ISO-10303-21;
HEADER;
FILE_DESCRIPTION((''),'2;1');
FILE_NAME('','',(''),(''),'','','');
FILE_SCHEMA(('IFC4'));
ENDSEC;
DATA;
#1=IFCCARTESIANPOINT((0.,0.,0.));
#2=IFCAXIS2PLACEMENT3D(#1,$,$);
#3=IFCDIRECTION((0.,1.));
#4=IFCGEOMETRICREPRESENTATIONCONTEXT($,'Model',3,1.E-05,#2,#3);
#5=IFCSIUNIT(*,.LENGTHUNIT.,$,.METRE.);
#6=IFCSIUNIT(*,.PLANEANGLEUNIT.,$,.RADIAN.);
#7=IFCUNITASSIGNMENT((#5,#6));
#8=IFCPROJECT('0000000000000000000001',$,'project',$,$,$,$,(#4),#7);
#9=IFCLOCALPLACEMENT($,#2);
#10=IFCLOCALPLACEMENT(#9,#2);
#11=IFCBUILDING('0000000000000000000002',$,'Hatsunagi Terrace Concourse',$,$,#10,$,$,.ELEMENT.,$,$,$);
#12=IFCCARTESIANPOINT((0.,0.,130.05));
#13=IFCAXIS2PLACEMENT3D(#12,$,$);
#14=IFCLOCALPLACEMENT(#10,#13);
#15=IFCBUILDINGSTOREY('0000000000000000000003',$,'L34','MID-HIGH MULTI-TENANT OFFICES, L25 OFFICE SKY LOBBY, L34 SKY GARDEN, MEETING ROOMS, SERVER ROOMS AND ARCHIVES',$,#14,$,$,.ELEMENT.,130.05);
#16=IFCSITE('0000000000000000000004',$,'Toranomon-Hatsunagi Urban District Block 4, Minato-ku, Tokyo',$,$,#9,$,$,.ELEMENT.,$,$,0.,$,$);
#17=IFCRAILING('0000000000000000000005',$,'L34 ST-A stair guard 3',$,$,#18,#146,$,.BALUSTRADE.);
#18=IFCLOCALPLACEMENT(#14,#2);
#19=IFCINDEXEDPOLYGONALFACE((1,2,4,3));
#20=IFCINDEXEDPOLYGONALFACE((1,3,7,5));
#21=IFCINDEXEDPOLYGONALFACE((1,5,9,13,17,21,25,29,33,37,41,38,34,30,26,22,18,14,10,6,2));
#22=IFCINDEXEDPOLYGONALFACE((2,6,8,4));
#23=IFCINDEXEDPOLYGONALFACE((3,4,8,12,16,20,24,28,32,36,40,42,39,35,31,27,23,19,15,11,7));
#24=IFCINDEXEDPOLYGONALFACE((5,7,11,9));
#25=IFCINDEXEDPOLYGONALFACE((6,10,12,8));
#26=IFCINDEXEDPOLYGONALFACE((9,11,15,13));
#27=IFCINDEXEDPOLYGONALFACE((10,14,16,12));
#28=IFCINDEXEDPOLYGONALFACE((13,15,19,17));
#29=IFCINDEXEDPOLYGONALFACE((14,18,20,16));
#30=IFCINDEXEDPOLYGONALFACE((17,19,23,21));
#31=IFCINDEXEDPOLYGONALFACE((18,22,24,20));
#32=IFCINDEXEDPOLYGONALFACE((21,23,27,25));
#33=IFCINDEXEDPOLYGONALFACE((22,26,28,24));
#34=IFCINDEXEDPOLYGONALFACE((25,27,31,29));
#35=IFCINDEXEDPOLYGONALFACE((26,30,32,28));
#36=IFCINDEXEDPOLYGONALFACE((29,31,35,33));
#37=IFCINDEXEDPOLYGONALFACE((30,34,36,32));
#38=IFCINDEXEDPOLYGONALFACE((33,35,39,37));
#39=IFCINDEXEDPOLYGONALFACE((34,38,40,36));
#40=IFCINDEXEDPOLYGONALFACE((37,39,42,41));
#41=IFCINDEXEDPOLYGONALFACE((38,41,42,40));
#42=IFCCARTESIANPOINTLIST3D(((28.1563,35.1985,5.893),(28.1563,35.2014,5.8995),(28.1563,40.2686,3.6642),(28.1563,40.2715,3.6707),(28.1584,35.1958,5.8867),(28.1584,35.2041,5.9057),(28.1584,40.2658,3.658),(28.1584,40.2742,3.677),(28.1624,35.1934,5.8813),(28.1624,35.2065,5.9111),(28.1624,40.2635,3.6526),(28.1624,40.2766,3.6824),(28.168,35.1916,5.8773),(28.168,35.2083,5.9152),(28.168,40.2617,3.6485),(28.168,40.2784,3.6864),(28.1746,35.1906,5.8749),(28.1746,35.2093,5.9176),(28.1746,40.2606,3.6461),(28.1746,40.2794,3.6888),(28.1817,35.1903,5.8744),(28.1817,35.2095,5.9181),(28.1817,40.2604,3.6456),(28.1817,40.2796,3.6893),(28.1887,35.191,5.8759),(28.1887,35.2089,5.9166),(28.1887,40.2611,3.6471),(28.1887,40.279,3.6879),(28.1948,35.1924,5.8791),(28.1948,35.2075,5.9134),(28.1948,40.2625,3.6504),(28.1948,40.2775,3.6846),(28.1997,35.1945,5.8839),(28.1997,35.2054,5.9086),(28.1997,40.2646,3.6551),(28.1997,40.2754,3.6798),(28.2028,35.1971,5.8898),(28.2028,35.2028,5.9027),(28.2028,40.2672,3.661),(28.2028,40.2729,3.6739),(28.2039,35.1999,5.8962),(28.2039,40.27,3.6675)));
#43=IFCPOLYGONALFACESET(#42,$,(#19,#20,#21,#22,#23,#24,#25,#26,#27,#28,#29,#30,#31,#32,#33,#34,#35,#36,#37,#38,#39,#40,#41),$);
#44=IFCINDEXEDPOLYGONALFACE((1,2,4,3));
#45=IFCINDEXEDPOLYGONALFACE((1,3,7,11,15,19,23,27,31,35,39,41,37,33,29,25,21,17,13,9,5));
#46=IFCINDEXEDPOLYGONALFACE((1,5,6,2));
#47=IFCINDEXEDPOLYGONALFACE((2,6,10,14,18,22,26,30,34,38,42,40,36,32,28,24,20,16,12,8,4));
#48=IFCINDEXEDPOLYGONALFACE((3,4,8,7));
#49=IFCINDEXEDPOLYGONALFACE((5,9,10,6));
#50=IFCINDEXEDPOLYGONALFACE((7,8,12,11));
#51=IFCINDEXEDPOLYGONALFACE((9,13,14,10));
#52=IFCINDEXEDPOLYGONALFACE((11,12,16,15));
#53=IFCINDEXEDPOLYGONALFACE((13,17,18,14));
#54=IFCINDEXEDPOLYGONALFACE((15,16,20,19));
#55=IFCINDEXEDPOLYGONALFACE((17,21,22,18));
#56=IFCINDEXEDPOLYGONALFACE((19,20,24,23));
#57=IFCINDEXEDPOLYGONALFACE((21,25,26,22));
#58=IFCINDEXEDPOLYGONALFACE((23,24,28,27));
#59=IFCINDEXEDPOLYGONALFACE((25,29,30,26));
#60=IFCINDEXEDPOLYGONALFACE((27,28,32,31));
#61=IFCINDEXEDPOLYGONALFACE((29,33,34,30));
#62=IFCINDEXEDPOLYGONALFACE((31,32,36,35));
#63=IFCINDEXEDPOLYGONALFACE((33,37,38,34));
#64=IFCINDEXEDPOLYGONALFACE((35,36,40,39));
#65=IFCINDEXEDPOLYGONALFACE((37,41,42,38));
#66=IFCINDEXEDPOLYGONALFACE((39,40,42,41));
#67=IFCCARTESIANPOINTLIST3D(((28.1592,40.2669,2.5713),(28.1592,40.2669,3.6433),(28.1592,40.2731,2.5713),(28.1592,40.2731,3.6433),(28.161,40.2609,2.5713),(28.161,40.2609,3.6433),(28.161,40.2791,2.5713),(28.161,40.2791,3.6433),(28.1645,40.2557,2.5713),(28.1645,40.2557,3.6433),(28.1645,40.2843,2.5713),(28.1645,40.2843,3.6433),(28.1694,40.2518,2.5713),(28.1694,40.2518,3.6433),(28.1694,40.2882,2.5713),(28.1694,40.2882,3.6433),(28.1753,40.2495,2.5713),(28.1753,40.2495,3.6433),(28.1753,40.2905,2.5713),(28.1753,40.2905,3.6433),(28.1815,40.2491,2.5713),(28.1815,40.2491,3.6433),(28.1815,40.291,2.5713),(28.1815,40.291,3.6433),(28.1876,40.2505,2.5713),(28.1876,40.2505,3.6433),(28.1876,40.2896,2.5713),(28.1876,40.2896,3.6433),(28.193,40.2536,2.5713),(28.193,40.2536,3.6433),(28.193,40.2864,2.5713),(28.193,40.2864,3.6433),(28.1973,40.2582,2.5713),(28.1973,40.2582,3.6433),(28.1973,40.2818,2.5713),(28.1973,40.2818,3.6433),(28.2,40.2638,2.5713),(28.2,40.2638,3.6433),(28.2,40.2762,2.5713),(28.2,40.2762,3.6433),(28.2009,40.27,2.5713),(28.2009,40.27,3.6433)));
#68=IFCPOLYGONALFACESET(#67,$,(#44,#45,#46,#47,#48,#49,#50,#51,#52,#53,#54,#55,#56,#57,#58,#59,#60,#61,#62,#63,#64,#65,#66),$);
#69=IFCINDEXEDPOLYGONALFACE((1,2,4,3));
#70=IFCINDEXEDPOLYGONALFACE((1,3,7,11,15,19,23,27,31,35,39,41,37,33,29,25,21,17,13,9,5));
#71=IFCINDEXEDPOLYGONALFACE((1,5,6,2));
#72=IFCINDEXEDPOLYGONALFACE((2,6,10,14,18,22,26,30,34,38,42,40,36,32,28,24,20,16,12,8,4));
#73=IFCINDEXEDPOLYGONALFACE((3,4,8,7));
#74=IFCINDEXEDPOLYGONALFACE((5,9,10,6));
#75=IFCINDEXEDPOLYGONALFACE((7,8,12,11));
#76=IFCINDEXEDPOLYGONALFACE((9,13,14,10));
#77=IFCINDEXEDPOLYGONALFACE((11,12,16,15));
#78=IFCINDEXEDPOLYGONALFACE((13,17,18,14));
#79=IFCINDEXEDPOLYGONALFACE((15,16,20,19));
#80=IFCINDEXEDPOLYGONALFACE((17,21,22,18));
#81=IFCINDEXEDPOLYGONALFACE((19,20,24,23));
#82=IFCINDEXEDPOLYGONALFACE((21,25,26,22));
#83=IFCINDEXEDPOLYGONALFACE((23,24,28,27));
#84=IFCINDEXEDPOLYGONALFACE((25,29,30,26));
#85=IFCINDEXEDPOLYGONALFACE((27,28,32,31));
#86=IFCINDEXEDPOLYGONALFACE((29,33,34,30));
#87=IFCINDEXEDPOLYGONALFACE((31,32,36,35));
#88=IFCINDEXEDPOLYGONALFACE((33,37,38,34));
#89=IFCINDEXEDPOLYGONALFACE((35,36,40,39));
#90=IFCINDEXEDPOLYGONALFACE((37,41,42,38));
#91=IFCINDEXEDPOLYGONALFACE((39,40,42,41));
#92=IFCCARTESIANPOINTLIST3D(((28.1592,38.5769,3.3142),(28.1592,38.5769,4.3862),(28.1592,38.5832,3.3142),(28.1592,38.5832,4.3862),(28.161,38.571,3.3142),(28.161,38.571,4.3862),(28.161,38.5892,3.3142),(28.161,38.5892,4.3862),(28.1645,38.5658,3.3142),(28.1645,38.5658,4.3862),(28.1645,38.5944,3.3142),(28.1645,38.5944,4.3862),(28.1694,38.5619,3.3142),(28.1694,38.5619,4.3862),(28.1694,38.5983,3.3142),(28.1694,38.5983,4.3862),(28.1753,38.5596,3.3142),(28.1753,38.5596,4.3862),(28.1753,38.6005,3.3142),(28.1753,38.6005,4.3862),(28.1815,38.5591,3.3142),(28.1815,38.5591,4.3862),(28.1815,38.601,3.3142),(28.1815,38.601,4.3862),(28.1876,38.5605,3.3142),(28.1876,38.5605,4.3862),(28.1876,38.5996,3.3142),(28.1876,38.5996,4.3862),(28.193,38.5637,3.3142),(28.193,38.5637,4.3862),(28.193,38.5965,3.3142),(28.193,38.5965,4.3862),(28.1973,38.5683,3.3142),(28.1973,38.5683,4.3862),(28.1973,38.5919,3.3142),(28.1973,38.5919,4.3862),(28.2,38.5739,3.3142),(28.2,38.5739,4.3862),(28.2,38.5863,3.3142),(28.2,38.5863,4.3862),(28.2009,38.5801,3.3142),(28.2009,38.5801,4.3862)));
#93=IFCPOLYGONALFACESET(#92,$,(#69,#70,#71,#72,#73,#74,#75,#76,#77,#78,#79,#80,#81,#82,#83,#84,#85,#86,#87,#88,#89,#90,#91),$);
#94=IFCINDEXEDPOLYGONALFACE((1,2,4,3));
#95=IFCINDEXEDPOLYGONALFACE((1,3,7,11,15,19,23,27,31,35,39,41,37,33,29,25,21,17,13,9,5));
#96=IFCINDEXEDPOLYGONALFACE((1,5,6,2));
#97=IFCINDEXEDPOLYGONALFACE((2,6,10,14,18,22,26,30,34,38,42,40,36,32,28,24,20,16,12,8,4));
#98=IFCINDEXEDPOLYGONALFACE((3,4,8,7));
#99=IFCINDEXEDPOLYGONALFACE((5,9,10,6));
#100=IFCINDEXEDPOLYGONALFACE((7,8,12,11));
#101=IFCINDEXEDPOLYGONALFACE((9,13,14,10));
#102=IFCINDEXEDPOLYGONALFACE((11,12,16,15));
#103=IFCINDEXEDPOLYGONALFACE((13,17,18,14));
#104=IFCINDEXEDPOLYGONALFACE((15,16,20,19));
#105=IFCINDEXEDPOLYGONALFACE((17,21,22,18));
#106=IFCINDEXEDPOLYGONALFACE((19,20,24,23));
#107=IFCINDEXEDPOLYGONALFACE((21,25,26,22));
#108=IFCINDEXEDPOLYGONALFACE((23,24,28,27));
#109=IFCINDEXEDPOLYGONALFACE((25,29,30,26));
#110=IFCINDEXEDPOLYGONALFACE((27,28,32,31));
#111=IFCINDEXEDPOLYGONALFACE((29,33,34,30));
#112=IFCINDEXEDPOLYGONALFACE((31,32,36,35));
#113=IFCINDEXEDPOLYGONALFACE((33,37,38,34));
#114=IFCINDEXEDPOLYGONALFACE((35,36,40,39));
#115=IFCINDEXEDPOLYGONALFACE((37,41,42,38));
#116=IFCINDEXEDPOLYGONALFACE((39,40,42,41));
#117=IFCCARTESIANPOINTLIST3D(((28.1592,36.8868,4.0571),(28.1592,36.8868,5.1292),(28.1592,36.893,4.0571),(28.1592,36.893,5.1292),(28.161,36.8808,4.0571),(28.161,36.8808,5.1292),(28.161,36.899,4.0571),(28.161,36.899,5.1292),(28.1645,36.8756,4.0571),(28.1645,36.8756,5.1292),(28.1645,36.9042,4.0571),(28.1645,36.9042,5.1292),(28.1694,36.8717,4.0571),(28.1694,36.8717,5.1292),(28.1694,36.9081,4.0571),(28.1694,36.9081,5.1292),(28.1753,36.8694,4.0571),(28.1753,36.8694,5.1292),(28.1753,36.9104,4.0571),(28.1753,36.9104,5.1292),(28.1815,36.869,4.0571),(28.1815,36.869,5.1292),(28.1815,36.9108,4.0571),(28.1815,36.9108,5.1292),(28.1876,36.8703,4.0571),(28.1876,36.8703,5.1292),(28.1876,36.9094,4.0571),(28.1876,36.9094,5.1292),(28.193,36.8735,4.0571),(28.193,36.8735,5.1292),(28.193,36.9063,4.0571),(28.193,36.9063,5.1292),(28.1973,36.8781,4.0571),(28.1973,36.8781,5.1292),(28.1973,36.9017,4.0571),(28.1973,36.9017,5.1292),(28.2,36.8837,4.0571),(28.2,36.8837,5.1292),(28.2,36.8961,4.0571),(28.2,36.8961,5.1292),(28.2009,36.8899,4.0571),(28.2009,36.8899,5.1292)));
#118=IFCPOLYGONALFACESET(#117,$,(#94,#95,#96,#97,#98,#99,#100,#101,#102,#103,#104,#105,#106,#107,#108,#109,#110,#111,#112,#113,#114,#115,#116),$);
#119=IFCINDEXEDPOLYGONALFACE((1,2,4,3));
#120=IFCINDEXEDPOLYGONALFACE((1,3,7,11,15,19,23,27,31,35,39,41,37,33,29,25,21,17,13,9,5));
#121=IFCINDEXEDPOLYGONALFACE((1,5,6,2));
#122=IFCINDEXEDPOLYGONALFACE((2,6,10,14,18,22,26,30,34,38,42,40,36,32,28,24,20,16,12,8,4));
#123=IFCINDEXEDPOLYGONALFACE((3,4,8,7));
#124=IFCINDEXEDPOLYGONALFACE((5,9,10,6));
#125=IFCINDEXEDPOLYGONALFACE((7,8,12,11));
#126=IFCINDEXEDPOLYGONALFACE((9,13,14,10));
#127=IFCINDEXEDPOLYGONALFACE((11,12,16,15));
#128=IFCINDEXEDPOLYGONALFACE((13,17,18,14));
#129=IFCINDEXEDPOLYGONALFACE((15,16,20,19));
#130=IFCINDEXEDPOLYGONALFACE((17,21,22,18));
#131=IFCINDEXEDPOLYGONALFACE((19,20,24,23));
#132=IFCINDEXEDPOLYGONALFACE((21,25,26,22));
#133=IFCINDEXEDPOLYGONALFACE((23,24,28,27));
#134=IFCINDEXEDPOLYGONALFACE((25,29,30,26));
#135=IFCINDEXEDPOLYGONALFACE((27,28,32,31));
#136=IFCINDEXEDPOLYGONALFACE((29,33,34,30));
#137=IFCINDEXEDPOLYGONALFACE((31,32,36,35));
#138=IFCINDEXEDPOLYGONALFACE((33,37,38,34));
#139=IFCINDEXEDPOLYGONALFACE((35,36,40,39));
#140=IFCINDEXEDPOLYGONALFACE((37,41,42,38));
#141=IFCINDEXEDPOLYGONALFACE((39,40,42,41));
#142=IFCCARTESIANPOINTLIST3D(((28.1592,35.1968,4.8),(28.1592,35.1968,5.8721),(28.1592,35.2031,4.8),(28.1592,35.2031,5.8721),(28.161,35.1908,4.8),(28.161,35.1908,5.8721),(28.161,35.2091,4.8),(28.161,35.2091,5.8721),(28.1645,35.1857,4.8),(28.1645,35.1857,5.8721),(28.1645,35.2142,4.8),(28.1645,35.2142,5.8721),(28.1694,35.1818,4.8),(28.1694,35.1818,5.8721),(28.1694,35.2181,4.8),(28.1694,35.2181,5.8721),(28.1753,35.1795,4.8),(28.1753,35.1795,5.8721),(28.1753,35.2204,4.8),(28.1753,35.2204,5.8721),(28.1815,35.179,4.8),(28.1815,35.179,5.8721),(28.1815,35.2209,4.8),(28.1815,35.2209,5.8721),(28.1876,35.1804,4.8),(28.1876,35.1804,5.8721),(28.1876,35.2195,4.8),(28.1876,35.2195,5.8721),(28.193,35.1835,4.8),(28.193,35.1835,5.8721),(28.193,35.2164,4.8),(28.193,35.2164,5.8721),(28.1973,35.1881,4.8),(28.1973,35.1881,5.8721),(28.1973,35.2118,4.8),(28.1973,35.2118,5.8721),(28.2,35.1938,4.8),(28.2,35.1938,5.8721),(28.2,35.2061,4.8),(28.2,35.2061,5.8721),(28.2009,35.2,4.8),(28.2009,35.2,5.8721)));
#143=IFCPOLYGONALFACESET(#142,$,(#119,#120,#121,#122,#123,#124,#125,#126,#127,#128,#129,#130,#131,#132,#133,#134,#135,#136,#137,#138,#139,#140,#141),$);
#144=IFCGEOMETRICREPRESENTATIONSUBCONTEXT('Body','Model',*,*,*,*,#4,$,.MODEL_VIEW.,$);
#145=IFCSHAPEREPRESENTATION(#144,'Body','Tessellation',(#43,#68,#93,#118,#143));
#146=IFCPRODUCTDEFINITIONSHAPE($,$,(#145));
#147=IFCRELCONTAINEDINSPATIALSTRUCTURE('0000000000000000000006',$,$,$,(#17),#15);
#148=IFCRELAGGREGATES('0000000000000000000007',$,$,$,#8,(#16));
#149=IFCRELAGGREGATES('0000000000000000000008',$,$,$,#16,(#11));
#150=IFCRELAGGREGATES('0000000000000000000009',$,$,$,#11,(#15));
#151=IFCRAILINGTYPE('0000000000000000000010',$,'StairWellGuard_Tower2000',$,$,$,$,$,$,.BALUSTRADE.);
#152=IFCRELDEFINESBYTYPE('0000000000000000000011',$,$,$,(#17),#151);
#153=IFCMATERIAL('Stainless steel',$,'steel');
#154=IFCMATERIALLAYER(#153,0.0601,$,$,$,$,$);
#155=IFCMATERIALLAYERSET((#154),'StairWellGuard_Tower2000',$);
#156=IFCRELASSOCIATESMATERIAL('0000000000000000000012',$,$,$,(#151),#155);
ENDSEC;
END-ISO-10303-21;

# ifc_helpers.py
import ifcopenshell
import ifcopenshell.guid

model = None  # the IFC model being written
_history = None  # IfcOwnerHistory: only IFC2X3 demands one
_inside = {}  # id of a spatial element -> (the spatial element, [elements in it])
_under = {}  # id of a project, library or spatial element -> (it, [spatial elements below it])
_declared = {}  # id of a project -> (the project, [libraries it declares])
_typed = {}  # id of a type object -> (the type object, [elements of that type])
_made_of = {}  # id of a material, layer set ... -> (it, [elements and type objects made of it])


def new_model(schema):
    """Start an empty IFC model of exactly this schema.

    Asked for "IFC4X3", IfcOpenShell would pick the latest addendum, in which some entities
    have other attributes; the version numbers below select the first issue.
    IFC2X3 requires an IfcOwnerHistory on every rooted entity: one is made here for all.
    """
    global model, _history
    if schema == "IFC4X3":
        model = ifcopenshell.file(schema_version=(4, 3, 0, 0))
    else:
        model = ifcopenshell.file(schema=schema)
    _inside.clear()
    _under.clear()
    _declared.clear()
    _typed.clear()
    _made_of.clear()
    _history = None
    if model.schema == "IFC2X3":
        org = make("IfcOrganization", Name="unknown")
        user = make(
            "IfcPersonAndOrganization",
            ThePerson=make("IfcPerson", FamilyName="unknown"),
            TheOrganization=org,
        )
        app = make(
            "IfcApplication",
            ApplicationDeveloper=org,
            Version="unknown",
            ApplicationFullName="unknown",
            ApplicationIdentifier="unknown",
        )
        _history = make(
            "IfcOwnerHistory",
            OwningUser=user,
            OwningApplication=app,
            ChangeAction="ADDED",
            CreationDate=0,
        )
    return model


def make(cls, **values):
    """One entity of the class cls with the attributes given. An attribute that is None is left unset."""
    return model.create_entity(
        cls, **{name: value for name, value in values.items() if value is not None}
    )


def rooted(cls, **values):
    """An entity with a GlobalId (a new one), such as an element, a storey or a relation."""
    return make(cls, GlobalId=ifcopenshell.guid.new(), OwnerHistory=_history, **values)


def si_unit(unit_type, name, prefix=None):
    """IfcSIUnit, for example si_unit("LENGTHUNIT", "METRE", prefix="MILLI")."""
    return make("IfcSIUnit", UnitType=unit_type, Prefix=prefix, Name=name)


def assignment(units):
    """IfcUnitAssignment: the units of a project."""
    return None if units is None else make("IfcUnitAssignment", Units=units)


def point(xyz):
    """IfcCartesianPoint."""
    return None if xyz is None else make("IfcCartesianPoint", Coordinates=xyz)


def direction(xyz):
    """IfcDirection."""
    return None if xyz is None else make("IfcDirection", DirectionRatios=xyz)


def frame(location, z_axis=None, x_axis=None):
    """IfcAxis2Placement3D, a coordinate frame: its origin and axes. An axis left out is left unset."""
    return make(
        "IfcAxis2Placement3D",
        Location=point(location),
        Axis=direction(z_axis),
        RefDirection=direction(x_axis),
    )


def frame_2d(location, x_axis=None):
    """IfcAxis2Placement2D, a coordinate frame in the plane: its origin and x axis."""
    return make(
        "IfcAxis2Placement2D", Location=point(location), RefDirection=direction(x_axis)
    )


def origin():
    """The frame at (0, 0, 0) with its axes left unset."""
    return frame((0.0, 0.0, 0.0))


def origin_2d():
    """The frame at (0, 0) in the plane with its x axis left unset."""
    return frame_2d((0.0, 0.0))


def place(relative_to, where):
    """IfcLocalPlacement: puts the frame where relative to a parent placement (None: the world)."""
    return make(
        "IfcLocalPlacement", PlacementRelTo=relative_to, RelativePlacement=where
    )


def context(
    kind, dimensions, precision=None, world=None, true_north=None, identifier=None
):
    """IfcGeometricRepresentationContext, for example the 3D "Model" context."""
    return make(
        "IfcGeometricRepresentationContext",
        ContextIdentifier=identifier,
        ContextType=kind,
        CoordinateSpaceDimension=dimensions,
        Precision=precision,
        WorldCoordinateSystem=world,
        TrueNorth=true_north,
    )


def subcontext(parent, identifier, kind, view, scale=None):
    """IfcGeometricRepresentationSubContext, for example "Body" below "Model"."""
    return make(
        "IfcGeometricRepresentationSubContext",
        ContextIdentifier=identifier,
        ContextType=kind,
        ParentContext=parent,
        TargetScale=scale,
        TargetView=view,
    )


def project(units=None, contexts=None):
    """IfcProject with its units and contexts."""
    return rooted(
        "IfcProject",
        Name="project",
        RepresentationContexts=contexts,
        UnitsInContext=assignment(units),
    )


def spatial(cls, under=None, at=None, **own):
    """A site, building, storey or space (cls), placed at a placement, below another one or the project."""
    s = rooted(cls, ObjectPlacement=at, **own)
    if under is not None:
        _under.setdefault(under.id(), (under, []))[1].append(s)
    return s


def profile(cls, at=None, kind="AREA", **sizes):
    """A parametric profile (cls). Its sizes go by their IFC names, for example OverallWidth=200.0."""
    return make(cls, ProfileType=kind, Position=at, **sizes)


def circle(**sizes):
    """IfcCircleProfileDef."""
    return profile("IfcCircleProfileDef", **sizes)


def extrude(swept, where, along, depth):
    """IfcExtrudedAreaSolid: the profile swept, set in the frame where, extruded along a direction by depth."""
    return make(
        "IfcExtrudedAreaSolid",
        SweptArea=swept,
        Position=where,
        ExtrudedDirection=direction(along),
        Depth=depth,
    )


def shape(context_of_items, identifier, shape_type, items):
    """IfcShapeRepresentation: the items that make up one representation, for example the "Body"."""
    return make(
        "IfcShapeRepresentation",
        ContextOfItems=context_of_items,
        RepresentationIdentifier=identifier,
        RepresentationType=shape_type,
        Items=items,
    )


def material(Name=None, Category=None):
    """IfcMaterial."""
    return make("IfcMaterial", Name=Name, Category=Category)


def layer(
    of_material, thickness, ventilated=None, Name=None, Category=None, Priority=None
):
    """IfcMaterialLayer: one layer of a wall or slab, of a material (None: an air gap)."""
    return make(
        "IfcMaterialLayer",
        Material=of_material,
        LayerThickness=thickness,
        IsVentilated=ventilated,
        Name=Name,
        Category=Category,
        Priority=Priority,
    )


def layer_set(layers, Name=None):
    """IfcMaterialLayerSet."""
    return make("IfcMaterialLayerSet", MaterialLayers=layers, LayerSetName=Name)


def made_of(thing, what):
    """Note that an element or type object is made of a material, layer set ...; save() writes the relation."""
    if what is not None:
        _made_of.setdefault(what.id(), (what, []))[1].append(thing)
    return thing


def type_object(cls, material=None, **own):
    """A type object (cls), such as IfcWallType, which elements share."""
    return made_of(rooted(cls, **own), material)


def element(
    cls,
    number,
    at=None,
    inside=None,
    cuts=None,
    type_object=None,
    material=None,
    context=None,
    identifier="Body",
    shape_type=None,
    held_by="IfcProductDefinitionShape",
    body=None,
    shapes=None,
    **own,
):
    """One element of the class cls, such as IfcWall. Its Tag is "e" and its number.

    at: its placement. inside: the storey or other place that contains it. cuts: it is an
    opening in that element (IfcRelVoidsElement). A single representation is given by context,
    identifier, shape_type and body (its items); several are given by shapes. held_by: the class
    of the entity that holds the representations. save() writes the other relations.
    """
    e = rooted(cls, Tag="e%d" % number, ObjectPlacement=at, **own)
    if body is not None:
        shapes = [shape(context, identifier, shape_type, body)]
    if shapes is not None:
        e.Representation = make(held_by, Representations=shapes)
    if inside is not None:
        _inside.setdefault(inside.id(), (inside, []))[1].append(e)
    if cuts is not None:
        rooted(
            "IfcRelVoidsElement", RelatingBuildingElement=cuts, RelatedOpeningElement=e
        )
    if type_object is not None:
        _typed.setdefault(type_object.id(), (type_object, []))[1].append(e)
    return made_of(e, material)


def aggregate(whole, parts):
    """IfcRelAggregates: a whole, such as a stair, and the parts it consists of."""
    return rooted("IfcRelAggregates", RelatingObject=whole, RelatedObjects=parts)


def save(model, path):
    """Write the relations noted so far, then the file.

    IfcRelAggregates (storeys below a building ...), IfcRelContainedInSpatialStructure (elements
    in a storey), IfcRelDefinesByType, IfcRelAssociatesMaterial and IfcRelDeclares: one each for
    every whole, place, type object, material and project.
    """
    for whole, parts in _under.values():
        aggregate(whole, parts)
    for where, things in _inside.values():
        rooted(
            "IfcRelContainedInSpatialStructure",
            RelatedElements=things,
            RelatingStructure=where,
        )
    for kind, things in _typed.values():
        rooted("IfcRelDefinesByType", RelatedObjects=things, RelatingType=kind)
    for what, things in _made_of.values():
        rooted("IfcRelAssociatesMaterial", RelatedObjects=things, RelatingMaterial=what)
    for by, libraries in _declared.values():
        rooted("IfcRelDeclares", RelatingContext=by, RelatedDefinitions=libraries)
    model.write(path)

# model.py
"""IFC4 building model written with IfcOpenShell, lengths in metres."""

from ifc_helpers import new_model, si_unit, direction, frame, origin, origin_2d, place, context, subcontext, project, spatial, circle, extrude, material, layer, layer_set, type_object, element, save


model = new_model("IFC4")

# Units and contexts
model_context = context("Model", 3, precision=1e-05, world=origin(), true_north=direction((0.0, 1.0)))
body_context = subcontext(model_context, "Body", "Model", "MODEL_VIEW")
ifc_project = project(units=[si_unit("LENGTHUNIT", "METRE"), si_unit("PLANEANGLEUNIT", "RADIAN")], contexts=[model_context])

# Site, building, storey
site_placement = place(None, origin())
site = spatial("IfcSite", under=ifc_project, at=site_placement, Name="Toranomon-Hatsunagi Urban District Block 4, Minato-ku, Tokyo", CompositionType="ELEMENT", RefElevation=0.0)
building_placement = place(site_placement, origin())
building = spatial("IfcBuilding", under=site, at=building_placement, Name="Hatsunagi Terrace Concourse", CompositionType="ELEMENT")
storey_placement = place(building_placement, frame((0.0, 0.0, 130.05)))
storey = spatial("IfcBuildingStorey", under=building, at=storey_placement, Name="L34", Description="MID-HIGH MULTI-TENANT OFFICES, L25 OFFICE SKY LOBBY, L34 SKY GARDEN, MEETING ROOMS, SERVER ROOMS AND ARCHIVES", CompositionType="ELEMENT", Elevation=130.05)

# Railing
ifc_material_1 = material(Name="Stainless steel", Category="steel")
ifc_layer_1 = layer(ifc_material_1, 0.0601)
ifc_layer_set_1 = layer_set([ifc_layer_1], Name="StairWellGuard_Tower2000")
railing_type_1 = type_object("IfcRailingType", Name="StairWellGuard_Tower2000", PredefinedType="BALUSTRADE", material=ifc_layer_set_1)
railing_1_placement = place(storey_placement, frame((28.1799, 40.27, 2.5713)))
element("IfcRailing", 1, at=railing_1_placement, inside=storey, type_object=railing_type_1, Name="L34 ST-A stair guard 3", PredefinedType="BALUSTRADE", context=body_context, shape_type="SweptSolid", body=[
    extrude(circle(Radius=0.0239, at=origin_2d()), frame((0.0, 0.0, 1.0962), z_axis=(0.0, -0.915453, 0.402425), x_axis=(1.0, 0.0, 0.0)), (0.0, 0.0, 1.0), 5.5383),
    extrude(circle(Radius=0.021, at=origin_2d()), origin(), (0.0, 0.0, 1.0), 1.072),
    extrude(circle(Radius=0.021, at=origin_2d()), frame((0.0, -1.6899, 0.7429)), (0.0, 0.0, 1.0), 1.072),
    extrude(circle(Radius=0.021, at=origin_2d()), frame((0.0, -3.3801, 1.4858)), (0.0, 0.0, 1.0), 1.072),
    extrude(circle(Radius=0.021, at=origin_2d()), frame((0.0, -5.0701, 2.2288)), (0.0, 0.0, 1.0), 1.072),
])

save(model, "model.ifc")
